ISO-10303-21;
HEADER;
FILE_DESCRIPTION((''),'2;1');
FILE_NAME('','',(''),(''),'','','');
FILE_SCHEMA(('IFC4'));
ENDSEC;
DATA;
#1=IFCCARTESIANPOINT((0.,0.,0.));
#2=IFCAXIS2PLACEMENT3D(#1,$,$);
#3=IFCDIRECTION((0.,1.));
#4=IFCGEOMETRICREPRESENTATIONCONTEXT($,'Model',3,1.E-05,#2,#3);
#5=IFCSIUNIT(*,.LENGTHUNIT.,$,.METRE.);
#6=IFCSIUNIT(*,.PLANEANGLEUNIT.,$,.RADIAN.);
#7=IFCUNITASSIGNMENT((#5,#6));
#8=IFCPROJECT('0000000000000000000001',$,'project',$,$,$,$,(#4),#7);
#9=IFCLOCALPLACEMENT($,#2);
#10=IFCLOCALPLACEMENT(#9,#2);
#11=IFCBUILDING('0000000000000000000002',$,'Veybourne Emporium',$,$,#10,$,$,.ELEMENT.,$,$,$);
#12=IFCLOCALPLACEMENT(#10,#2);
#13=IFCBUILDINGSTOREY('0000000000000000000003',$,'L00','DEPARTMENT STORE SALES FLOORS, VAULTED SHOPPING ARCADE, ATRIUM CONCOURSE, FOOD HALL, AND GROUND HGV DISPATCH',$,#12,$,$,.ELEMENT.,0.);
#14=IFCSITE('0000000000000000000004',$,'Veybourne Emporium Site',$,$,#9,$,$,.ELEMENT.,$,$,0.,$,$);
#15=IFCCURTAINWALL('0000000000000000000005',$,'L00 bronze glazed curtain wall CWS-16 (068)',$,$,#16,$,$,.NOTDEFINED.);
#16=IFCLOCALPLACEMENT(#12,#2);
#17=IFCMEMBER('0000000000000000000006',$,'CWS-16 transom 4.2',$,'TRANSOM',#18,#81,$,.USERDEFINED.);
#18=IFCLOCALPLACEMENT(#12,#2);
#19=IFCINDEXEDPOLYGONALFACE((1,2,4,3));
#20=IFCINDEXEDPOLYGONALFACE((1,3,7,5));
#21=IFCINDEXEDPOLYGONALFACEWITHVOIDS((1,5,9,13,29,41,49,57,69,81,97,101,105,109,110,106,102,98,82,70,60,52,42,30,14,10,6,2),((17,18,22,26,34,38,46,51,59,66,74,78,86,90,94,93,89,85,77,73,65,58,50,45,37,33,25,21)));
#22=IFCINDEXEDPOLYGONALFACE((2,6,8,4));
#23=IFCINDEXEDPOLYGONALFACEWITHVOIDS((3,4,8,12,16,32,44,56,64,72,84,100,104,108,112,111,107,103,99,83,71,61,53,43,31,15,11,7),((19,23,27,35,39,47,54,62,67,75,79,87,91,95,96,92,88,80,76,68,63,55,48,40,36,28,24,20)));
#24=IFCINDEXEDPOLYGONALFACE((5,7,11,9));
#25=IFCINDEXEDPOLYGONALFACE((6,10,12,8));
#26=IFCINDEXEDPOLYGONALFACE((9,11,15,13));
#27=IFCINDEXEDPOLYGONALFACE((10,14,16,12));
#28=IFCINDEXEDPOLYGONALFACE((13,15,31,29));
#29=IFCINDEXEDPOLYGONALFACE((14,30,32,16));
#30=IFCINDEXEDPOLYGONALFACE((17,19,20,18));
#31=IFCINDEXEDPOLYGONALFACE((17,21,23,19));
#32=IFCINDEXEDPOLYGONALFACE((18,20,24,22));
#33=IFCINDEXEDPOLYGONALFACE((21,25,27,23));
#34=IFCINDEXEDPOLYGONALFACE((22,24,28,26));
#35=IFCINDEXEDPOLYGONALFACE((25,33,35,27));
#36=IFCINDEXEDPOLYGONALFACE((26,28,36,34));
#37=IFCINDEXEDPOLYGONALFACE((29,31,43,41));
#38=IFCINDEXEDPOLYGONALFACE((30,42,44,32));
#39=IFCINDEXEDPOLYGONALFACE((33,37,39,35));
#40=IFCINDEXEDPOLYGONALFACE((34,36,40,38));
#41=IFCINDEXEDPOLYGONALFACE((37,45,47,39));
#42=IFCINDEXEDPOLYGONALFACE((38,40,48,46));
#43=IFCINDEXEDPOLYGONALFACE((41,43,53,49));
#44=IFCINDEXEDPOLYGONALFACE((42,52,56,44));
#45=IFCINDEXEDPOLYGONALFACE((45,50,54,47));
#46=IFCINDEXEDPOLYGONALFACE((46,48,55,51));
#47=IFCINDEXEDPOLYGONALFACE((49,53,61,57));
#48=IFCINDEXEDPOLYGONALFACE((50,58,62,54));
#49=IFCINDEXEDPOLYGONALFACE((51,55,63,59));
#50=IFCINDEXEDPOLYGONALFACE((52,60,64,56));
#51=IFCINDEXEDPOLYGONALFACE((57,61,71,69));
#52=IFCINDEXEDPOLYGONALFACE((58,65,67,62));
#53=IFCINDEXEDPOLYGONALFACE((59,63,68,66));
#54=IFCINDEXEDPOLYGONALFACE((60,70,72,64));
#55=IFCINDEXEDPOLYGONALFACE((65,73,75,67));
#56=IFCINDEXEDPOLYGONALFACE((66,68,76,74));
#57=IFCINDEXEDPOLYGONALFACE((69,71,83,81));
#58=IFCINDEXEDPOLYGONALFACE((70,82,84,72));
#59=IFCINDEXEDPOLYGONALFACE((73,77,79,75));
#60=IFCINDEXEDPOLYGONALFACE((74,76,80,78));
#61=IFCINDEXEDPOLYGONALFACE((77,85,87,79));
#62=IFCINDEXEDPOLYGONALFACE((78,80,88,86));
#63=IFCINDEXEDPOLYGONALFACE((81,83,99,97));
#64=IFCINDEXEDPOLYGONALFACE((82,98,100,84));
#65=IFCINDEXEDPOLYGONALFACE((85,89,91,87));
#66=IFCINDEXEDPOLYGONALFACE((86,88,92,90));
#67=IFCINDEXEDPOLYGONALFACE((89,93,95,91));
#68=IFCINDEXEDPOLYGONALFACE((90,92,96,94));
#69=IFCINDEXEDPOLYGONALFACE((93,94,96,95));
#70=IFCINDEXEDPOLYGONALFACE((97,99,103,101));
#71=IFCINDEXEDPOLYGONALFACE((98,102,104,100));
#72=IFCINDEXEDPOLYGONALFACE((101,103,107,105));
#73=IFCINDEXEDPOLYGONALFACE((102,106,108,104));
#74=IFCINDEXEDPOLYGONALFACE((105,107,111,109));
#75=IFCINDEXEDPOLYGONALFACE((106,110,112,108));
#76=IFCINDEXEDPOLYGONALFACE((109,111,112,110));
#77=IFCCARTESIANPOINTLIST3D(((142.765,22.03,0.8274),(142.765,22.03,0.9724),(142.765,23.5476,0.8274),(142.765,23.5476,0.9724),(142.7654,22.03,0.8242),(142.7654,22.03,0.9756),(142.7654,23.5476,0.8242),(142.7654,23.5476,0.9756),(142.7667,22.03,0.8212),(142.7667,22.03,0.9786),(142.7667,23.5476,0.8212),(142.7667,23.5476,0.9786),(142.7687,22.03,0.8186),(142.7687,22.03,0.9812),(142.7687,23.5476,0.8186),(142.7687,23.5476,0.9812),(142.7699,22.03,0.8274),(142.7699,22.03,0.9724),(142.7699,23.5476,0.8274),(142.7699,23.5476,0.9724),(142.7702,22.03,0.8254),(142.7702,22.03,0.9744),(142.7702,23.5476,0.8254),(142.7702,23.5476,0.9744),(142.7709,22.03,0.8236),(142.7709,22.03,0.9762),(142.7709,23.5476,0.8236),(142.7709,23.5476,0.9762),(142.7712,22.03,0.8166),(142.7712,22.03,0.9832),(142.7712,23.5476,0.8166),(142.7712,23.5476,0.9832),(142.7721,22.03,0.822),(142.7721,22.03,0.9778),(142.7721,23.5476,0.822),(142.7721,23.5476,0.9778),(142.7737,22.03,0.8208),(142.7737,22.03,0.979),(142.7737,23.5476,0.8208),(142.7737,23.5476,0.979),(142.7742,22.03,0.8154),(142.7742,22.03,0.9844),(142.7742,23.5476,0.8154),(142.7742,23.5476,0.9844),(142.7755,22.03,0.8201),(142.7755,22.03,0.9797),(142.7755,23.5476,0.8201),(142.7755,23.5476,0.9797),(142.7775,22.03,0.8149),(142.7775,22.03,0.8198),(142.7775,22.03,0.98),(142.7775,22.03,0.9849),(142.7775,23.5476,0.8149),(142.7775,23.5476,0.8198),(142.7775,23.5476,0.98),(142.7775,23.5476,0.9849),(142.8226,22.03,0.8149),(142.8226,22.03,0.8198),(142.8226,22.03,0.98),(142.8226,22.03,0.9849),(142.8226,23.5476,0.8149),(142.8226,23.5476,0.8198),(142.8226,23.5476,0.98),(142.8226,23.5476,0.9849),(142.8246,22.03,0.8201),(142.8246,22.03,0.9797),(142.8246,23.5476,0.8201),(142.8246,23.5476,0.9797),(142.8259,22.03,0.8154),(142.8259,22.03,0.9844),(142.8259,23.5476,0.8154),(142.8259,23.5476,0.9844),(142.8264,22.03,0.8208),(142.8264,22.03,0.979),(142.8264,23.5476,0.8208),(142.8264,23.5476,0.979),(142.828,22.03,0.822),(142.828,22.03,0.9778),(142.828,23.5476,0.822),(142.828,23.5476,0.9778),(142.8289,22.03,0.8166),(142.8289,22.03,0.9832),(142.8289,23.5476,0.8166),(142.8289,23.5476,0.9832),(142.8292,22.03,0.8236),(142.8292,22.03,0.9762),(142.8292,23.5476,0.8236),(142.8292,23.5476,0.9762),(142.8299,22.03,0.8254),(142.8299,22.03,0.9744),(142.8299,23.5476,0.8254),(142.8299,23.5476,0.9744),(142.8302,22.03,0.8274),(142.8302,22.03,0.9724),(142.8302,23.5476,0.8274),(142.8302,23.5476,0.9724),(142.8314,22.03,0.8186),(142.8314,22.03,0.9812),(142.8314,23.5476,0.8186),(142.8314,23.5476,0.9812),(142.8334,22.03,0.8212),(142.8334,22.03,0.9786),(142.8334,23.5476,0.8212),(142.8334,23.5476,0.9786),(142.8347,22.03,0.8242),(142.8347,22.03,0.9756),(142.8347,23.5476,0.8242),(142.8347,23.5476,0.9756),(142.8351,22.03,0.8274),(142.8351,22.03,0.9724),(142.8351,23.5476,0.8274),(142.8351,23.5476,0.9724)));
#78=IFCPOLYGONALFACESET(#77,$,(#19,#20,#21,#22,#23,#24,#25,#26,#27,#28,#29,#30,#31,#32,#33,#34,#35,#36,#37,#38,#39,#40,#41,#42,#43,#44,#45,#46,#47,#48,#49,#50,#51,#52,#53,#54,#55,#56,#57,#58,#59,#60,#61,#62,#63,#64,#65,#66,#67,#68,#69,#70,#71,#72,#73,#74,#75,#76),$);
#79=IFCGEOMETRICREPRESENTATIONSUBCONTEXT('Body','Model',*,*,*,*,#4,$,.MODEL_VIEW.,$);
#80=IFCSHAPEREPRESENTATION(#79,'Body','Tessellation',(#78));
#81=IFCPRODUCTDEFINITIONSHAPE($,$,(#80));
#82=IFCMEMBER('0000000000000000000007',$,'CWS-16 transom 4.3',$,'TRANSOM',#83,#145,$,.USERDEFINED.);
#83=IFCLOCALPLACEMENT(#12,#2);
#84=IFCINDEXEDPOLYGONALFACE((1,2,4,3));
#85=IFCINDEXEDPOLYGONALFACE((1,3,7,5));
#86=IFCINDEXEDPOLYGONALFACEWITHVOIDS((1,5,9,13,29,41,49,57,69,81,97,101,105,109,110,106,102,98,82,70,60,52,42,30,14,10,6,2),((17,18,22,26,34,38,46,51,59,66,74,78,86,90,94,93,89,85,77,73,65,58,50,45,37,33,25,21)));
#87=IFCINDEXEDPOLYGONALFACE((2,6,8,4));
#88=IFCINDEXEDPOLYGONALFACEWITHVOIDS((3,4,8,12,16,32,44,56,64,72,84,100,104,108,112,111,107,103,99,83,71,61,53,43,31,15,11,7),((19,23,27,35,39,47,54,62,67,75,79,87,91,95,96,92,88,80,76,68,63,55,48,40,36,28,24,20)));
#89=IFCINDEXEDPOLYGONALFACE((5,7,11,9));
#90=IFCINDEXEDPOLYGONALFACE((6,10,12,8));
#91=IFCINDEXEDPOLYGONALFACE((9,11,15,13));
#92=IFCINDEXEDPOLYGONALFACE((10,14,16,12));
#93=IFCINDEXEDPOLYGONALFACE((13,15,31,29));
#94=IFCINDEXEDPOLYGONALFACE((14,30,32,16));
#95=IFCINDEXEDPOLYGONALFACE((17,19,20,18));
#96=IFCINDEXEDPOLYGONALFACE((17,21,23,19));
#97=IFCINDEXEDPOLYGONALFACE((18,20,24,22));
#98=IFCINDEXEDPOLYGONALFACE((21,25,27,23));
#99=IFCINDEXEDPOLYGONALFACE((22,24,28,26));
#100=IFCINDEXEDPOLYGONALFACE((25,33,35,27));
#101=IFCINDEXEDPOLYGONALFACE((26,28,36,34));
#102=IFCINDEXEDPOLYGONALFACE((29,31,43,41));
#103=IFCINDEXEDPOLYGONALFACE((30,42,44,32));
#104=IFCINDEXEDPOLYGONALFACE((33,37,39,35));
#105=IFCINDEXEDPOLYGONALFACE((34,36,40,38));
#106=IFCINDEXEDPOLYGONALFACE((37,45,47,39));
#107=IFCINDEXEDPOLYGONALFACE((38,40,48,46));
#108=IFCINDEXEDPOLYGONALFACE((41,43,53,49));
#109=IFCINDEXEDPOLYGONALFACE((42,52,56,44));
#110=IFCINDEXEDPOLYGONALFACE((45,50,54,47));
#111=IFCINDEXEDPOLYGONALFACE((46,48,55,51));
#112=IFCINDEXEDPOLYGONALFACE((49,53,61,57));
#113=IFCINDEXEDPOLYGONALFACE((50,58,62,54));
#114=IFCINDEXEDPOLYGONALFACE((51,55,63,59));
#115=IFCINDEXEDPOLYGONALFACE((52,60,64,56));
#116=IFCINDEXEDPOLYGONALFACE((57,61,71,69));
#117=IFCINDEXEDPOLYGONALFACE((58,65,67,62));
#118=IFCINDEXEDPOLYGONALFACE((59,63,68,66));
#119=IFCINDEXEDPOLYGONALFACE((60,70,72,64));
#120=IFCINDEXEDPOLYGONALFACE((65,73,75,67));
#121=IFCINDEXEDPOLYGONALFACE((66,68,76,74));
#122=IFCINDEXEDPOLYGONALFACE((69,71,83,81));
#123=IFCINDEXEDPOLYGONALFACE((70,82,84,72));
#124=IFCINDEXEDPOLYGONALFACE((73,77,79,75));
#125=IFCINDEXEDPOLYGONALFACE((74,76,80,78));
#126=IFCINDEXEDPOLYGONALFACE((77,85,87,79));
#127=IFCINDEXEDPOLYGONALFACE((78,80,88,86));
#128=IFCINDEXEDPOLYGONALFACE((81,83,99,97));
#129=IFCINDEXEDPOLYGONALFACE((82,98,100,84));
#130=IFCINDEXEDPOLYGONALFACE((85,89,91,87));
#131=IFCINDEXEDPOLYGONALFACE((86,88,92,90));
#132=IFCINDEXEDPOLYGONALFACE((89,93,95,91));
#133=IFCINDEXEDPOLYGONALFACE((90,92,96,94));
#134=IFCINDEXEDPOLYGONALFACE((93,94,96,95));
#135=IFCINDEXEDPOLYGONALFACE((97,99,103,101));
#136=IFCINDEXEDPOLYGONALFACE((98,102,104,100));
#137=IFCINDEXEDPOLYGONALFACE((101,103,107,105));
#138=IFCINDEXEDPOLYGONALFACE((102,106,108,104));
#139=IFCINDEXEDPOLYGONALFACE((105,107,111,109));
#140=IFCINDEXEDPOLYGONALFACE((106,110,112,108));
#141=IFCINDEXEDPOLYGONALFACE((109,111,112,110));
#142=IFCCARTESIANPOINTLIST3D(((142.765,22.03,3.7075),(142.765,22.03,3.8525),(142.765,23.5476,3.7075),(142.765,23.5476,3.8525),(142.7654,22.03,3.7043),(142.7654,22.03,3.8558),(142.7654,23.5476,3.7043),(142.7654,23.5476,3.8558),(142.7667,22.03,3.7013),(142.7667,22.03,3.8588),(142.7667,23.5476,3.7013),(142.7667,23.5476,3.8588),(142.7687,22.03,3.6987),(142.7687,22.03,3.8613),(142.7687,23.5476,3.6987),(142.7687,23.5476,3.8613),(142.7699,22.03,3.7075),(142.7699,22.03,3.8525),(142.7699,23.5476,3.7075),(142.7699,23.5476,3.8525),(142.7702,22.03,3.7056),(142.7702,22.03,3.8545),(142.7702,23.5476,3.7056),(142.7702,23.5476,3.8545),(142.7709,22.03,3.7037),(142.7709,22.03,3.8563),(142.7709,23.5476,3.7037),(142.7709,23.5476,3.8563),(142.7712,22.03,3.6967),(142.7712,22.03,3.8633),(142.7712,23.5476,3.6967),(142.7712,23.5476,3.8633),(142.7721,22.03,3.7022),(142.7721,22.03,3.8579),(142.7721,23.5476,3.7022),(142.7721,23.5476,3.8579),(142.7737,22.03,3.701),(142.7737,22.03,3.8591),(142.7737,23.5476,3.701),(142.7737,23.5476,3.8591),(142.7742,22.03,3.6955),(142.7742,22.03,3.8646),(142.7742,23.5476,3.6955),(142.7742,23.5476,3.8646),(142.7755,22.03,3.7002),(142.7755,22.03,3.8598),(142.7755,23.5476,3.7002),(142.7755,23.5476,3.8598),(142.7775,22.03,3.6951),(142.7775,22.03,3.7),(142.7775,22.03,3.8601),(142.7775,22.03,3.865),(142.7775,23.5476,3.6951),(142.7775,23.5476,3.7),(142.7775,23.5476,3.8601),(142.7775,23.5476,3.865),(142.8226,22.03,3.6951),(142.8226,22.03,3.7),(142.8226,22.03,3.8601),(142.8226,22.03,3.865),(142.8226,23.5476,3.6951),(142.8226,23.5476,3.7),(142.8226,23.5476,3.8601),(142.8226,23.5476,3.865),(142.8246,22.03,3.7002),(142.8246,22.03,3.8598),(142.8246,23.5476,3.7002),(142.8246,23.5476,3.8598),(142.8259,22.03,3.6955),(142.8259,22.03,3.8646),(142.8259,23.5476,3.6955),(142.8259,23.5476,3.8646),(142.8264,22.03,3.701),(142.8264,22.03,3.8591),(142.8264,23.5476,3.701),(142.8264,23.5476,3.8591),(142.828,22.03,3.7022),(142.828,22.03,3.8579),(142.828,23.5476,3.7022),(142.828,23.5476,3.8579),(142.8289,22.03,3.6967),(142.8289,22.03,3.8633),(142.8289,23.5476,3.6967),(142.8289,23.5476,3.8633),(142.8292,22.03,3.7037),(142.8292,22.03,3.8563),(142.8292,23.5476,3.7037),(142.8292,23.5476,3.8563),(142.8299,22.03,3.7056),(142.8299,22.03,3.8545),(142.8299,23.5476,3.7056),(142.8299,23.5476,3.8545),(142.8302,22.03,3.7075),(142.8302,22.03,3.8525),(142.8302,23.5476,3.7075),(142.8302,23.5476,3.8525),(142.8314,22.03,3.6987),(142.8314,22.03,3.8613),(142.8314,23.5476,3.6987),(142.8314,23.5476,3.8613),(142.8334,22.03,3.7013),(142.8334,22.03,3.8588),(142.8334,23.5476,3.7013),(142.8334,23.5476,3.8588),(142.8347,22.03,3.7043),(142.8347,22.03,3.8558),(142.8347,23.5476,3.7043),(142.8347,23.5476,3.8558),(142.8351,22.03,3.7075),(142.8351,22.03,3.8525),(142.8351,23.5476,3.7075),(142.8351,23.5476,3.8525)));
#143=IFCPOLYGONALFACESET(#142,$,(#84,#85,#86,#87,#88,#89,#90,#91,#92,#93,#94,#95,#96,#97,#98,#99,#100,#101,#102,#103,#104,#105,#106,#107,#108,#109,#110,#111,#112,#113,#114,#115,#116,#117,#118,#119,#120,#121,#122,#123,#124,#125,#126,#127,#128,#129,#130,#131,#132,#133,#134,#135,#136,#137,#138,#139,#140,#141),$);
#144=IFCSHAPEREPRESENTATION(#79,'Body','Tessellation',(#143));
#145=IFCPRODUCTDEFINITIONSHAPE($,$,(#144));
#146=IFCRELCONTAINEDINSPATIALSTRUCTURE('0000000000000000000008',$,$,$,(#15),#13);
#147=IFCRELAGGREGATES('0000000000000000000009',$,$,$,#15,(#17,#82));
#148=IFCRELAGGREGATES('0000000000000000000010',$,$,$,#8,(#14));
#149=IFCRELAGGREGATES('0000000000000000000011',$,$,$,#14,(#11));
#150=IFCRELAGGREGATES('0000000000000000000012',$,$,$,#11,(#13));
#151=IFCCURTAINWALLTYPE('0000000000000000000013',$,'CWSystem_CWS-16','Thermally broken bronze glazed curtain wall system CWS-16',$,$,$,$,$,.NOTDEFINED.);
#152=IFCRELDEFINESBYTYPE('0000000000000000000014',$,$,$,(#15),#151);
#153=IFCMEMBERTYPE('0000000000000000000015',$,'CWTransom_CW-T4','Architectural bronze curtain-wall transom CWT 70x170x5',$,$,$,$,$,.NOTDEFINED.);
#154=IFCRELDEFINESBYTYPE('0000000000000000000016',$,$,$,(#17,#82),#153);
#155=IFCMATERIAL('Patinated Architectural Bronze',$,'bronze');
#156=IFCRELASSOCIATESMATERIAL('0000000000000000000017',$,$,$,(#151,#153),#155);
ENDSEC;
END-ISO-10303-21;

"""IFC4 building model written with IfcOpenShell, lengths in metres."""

from ifc_helpers import new_model, si_unit, direction, frame, origin, origin_2d, place, context, subcontext, project, spatial, hollow_rectangle, extrude, material, material_profile, profile_set, type_object, element, aggregate, save


model = new_model("IFC4")

# Units and contexts
model_context = context("Model", 3, precision=1e-05, world=origin(), true_north=direction((0.0, 1.0)))
body_context = subcontext(model_context, "Body", "Model", "MODEL_VIEW")
ifc_project = project(units=[si_unit("LENGTHUNIT", "METRE"), si_unit("PLANEANGLEUNIT", "RADIAN")], contexts=[model_context])

# Site, building, storey
site_placement = place(None, origin())
site = spatial("IfcSite", under=ifc_project, at=site_placement, Name="Veybourne Emporium Site", CompositionType="ELEMENT", RefElevation=0.0)
building_placement = place(site_placement, origin())
building = spatial("IfcBuilding", under=site, at=building_placement, Name="Veybourne Emporium", CompositionType="ELEMENT")
storey_placement = place(building_placement, origin())
storey = spatial("IfcBuildingStorey", under=building, at=storey_placement, Name="L00", Description="DEPARTMENT STORE SALES FLOORS, VAULTED SHOPPING ARCADE, ATRIUM CONCOURSE, FOOD HALL, AND GROUND HGV DISPATCH", CompositionType="ELEMENT", Elevation=0.0)

# Curtain wall, members
ifc_material_1 = material(Name="Patinated Architectural Bronze", Category="bronze")
curtain_wall_type = type_object("IfcCurtainWallType", Name="CWSystem_CWS-16", Description="Thermally broken bronze glazed curtain wall system CWS-16", PredefinedType="NOTDEFINED", material=ifc_material_1)
curtain_wall_placement = place(storey_placement, origin())
curtain_wall = element("IfcCurtainWall", 1, at=curtain_wall_placement, inside=storey, type_object=curtain_wall_type, Name="L00 bronze glazed curtain wall CWS-16 (068)", PredefinedType="NOTDEFINED")
ifc_material_profile_1 = material_profile(ifc_material_1, hollow_rectangle(XDim=0.0701, YDim=0.1699, WallThickness=0.0049, InnerFilletRadius=0.0076, OuterFilletRadius=0.0125, at=origin_2d()), Name="CWT 70x170x5")
ifc_profile_set_1 = profile_set([ifc_material_profile_1], Name="Patinated Architectural Bronze")
member_type_1 = type_object("IfcMemberType", Name="CWTransom_CW-T4", Description="Architectural bronze curtain-wall transom CWT 70x170x5", PredefinedType="NOTDEFINED", material=ifc_profile_set_1)
member_1_placement = place(storey_placement, frame((142.8, 23.5476, 0.8999), z_axis=(0.0, -1.0, 0.0), x_axis=(1.0, 0.0, 0.0)))
member_1 = element("IfcMember", 2, at=member_1_placement, type_object=member_type_1, Name="CWS-16 transom 4.2", ObjectType="TRANSOM", PredefinedType="USERDEFINED", context=body_context, shape_type="SweptSolid", body=[
    extrude(hollow_rectangle(XDim=0.0701, YDim=0.1699, WallThickness=0.0049, InnerFilletRadius=0.0076, OuterFilletRadius=0.0125, at=origin_2d()), origin(), (0.0, 0.0, 1.0), 1.5176),
])
member_2_placement = place(storey_placement, frame((142.8, 23.5476, 3.78), z_axis=(0.0, -1.0, 0.0), x_axis=(1.0, 0.0, 0.0)))
member_2 = element("IfcMember", 3, at=member_2_placement, type_object=member_type_1, Name="CWS-16 transom 4.3", ObjectType="TRANSOM", PredefinedType="USERDEFINED", context=body_context, shape_type="SweptSolid", body=[
    extrude(hollow_rectangle(XDim=0.0701, YDim=0.1699, WallThickness=0.0049, InnerFilletRadius=0.0076, OuterFilletRadius=0.0125, at=origin_2d()), origin(), (0.0, 0.0, 1.0), 1.5176),
])

aggregate(curtain_wall, [member_1, member_2])

save(model, "model.ifc")
